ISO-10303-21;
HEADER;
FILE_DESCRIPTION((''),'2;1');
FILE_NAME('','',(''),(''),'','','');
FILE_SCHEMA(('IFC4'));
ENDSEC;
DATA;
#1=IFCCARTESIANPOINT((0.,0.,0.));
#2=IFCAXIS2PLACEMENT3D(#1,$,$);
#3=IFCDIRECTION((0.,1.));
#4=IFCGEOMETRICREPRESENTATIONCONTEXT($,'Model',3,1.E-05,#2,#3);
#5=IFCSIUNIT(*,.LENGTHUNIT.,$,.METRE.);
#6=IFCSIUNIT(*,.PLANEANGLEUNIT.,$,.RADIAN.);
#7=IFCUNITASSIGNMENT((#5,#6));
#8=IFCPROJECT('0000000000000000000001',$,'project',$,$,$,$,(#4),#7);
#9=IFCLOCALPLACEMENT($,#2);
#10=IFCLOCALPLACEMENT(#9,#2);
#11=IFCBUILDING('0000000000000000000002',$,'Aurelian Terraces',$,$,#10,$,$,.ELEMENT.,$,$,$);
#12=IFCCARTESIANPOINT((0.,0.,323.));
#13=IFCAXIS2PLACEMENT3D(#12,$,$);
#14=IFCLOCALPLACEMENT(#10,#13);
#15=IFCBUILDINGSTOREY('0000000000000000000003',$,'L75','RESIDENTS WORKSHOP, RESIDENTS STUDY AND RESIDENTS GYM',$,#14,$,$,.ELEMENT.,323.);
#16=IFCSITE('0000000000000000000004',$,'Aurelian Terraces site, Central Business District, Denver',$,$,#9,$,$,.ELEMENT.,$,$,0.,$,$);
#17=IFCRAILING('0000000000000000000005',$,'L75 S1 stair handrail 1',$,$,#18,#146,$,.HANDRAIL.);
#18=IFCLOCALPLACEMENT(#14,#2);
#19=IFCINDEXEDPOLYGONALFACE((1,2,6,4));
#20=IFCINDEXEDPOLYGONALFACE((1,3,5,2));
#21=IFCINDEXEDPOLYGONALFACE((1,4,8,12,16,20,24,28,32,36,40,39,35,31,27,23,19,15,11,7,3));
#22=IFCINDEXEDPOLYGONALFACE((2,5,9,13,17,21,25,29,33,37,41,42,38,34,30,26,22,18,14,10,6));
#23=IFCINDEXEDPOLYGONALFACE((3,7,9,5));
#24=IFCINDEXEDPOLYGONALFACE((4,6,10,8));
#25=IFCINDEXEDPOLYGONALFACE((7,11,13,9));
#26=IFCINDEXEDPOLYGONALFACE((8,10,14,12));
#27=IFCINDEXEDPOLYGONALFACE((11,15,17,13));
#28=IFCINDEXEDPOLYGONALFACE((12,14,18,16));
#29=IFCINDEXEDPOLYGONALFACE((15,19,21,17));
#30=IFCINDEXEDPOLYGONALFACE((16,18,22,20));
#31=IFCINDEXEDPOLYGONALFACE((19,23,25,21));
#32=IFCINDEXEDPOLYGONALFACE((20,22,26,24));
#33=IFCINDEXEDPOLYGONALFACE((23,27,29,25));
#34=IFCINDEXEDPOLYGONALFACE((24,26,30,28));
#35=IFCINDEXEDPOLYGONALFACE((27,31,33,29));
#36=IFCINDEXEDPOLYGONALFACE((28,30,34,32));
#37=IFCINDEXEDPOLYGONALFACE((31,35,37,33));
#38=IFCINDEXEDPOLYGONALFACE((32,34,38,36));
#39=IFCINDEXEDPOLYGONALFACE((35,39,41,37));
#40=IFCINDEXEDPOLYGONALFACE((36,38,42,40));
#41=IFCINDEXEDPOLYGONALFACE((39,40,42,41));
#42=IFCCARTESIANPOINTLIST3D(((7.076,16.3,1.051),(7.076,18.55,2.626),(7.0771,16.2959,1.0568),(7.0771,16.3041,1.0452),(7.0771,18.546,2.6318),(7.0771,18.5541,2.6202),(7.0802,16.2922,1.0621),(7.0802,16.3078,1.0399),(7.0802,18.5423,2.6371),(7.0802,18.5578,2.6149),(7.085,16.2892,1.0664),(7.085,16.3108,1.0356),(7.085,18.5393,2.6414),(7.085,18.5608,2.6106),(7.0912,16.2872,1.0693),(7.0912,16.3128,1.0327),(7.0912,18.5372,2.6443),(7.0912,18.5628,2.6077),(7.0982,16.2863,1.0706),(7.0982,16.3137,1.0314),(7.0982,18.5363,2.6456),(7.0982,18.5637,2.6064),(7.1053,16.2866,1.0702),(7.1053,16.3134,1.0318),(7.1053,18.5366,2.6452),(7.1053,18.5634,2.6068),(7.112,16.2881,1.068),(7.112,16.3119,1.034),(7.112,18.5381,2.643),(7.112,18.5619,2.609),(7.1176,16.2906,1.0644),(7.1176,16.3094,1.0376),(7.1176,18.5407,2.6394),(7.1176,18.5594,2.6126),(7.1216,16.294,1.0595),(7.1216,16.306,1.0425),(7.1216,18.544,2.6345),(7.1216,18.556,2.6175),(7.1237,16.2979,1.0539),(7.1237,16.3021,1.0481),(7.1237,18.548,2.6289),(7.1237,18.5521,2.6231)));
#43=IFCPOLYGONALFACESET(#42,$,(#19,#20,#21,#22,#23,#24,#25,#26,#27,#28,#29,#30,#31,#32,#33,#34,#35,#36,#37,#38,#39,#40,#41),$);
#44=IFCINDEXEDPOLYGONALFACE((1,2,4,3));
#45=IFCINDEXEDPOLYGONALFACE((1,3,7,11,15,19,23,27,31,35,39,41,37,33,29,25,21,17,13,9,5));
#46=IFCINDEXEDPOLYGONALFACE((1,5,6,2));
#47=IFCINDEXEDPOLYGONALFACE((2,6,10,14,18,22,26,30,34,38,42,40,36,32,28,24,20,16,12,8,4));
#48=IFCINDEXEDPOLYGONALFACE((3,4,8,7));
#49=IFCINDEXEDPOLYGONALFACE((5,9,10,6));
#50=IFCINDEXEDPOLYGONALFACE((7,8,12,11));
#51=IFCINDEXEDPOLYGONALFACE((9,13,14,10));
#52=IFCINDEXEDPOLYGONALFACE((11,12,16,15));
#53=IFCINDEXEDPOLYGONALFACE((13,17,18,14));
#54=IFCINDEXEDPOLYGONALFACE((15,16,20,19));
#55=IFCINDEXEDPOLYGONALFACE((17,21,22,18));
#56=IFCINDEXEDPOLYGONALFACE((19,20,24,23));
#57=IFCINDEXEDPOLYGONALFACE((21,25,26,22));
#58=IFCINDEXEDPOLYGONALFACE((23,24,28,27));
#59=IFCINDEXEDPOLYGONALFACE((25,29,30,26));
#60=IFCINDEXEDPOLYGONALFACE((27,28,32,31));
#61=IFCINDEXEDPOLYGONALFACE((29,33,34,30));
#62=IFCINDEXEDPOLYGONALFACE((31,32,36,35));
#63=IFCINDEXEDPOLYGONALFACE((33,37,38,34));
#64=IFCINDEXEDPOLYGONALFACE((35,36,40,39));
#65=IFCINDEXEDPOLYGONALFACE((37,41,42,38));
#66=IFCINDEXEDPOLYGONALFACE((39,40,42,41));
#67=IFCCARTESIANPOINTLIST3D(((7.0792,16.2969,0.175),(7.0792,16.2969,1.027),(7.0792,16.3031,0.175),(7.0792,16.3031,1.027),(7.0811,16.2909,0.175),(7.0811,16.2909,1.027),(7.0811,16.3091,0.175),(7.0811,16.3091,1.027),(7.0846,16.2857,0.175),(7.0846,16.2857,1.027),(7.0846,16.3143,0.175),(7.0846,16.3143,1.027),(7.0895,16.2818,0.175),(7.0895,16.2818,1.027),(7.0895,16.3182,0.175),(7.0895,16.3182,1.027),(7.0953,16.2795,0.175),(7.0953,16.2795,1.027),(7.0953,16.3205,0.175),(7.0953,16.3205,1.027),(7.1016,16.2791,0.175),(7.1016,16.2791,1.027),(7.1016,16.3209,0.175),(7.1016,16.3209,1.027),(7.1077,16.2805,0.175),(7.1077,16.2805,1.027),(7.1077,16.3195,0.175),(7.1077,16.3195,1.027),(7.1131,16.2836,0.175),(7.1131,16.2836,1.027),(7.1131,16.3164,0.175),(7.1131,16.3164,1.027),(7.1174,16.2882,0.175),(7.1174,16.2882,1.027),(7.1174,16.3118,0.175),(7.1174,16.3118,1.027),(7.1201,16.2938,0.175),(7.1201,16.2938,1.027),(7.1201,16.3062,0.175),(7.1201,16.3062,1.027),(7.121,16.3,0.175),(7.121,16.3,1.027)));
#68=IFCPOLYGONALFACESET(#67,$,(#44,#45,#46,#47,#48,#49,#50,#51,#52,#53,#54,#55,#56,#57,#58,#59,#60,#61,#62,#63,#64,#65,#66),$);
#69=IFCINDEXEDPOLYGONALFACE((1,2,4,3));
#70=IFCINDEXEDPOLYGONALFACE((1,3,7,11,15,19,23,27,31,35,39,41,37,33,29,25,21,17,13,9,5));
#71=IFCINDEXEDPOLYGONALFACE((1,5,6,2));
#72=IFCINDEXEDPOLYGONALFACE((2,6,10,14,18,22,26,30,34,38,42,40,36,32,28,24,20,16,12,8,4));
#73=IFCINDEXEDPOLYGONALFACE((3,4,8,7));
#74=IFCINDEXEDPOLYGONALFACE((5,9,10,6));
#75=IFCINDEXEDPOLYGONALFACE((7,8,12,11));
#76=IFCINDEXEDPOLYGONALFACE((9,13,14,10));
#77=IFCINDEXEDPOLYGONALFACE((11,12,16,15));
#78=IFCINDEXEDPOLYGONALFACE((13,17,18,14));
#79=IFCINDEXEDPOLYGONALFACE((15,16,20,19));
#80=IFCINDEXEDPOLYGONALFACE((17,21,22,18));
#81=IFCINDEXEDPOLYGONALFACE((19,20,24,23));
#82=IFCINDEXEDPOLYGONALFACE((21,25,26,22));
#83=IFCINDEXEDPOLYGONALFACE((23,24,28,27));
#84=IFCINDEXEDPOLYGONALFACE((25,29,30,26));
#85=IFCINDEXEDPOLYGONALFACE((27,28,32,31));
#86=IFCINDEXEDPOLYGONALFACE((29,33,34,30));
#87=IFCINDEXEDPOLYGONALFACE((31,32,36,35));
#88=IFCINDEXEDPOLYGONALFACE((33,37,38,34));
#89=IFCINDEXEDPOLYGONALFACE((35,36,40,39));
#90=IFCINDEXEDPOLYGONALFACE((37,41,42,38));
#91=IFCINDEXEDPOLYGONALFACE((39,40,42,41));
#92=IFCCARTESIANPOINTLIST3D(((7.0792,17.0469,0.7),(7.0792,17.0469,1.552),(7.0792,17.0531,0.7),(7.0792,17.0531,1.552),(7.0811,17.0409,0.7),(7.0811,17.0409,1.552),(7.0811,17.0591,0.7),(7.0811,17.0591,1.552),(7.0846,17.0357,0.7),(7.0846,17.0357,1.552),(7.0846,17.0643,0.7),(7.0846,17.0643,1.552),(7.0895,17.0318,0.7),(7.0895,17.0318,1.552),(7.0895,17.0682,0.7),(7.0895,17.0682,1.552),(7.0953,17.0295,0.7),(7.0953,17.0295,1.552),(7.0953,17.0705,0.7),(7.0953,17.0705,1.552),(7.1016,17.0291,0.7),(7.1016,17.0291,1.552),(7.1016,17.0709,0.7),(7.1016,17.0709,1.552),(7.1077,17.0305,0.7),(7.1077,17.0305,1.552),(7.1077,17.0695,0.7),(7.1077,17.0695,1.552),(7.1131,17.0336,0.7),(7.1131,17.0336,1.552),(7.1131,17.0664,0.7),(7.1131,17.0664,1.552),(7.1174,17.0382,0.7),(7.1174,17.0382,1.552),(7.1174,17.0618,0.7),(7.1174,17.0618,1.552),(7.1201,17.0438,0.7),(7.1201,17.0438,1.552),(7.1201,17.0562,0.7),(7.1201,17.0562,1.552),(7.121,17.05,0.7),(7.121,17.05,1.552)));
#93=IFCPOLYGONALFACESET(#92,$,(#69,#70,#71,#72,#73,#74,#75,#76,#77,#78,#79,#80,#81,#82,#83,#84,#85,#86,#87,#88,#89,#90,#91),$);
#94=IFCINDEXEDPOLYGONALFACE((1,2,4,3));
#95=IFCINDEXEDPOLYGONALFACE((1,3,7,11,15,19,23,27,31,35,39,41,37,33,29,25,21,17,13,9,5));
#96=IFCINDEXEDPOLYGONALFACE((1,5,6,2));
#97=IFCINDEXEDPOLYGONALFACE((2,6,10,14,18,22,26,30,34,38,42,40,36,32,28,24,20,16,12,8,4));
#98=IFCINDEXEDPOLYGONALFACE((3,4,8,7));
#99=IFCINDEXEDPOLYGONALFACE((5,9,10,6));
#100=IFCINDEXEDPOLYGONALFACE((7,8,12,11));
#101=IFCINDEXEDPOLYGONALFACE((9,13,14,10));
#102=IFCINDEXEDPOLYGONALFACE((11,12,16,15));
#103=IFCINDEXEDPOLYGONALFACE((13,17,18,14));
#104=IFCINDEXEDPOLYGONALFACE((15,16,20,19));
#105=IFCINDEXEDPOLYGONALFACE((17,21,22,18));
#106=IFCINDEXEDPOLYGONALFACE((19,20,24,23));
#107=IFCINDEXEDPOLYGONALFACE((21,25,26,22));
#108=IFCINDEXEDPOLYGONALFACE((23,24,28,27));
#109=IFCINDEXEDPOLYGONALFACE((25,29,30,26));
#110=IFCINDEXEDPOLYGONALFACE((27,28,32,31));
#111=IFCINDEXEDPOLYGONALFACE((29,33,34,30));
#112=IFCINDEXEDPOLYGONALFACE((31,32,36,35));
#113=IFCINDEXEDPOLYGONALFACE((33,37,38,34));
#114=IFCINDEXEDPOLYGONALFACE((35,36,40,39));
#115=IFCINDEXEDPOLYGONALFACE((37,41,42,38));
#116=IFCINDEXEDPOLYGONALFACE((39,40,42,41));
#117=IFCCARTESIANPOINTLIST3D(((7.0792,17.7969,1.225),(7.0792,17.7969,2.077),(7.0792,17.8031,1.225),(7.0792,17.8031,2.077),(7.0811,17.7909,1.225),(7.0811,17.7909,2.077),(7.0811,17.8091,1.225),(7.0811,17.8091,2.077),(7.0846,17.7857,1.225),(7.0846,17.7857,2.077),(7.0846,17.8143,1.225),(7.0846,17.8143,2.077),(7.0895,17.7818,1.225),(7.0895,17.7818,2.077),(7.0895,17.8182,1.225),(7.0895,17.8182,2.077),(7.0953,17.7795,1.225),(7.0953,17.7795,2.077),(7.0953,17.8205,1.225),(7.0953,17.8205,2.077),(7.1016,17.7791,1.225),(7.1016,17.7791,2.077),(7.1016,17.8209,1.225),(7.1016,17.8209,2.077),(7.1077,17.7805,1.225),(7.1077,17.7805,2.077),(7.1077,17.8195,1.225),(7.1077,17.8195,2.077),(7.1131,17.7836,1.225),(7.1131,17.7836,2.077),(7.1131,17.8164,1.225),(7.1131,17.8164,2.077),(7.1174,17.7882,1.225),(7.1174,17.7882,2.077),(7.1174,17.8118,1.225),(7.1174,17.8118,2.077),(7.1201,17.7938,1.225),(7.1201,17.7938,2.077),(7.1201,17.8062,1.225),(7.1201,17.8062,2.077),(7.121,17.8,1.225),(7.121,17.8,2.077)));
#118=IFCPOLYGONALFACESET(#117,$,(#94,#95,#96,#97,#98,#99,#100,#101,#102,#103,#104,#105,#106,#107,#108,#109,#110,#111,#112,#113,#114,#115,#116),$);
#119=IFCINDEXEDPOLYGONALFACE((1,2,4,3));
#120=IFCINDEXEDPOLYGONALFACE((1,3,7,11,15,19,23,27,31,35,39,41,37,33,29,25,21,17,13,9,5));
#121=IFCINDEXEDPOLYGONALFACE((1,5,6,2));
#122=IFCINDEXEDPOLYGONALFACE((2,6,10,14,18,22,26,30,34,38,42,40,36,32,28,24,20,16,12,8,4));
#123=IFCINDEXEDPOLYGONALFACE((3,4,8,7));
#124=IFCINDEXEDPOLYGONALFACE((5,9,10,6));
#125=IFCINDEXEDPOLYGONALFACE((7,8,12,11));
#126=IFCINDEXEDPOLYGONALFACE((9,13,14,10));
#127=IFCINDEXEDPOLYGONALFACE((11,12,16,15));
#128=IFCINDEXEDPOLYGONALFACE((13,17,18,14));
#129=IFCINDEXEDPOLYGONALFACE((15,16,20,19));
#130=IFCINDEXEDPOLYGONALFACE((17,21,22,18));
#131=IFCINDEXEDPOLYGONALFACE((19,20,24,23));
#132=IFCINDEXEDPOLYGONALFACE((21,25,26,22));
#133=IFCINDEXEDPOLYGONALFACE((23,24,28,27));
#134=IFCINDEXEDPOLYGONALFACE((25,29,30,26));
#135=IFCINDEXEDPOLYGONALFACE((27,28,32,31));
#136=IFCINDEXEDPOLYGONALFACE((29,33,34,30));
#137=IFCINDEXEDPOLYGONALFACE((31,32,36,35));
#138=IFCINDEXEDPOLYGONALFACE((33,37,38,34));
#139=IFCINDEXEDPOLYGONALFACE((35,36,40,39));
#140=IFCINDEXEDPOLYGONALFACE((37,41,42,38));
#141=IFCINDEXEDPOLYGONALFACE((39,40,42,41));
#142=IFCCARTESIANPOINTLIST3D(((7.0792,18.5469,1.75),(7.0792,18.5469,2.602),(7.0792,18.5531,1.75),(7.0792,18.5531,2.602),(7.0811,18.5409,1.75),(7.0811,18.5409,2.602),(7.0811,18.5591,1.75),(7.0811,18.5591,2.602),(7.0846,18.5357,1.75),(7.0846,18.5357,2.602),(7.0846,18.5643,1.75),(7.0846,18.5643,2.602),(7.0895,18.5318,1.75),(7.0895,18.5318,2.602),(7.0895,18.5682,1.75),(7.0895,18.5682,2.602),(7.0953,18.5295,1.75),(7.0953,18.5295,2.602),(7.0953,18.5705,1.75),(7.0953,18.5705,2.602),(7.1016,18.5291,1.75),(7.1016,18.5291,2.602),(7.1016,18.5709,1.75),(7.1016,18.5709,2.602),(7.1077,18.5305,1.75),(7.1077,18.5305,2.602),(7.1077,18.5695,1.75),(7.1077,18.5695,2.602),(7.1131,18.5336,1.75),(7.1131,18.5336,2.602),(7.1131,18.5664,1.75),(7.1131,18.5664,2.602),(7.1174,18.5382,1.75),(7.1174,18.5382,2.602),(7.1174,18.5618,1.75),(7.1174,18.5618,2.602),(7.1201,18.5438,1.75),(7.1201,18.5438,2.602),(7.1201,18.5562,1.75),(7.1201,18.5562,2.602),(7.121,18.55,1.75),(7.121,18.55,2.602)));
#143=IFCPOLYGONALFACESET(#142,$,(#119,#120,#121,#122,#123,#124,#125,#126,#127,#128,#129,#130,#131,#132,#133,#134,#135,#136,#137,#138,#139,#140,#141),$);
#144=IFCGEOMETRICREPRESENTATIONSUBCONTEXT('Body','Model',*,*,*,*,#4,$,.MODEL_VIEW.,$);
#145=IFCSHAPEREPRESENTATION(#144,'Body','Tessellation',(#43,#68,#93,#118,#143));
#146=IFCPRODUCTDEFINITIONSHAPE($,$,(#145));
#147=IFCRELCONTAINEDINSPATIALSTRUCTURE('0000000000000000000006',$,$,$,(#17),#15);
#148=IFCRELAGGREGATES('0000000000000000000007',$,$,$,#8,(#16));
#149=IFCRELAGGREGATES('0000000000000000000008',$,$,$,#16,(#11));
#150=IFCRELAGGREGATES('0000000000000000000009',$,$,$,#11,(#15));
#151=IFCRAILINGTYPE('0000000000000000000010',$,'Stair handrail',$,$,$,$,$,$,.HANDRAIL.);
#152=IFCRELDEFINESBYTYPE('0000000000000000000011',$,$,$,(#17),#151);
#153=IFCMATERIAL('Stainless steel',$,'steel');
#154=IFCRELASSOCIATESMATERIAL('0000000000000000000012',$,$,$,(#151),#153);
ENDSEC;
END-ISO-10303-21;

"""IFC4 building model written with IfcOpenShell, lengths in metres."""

from ifc_helpers import new_model, si_unit, direction, frame, origin, origin_2d, place, context, subcontext, project, spatial, circle, extrude, source, transform, mapped, material, type_object, element, save


model = new_model("IFC4")

# Units and contexts
model_context = context("Model", 3, precision=1e-05, world=origin(), true_north=direction((0.0, 1.0)))
body_context = subcontext(model_context, "Body", "Model", "MODEL_VIEW")
ifc_project = project(units=[si_unit("LENGTHUNIT", "METRE"), si_unit("PLANEANGLEUNIT", "RADIAN")], contexts=[model_context])

# Site, building, storey
site_placement = place(None, origin())
site = spatial("IfcSite", under=ifc_project, at=site_placement, Name="Aurelian Terraces site, Central Business District, Denver", CompositionType="ELEMENT", RefElevation=0.0)
building_placement = place(site_placement, origin())
building = spatial("IfcBuilding", under=site, at=building_placement, Name="Aurelian Terraces", CompositionType="ELEMENT")
storey_placement = place(building_placement, frame((0.0, 0.0, 323.0)))
storey = spatial("IfcBuildingStorey", under=building, at=storey_placement, Name="L75", Description="RESIDENTS WORKSHOP, RESIDENTS STUDY AND RESIDENTS GYM", CompositionType="ELEMENT", Elevation=323.0)

# Railing
ifc_material_1 = material(Name="Stainless steel", Category="steel")
railing_type_1 = type_object("IfcRailingType", Name="Stair handrail", PredefinedType="HANDRAIL", material=ifc_material_1)
shared_shape_1 = source(origin(), body_context, "Body", "SweptSolid", [
    extrude(circle(Radius=0.024, at=origin_2d()), frame((0.0, 0.0, 0.876), z_axis=(0.0, 0.819232, 0.573462), x_axis=(-1.0, 0.0, 0.0)), (0.0, 0.0, 1.0), 2.7465),
    extrude(circle(Radius=0.021, at=origin_2d()), origin(), (0.0, 0.0, 1.0), 0.852),
    extrude(circle(Radius=0.021, at=origin_2d()), frame((0.0, 0.75, 0.525)), (0.0, 0.0, 1.0), 0.852),
    extrude(circle(Radius=0.021, at=origin_2d()), frame((0.0, 1.5, 1.05)), (0.0, 0.0, 1.0), 0.852),
    extrude(circle(Radius=0.021, at=origin_2d()), frame((0.0, 2.25, 1.575)), (0.0, 0.0, 1.0), 0.852),
])
railing_1_placement = place(storey_placement, frame((7.1, 16.3, 0.175)))
element("IfcRailing", 1, at=railing_1_placement, inside=storey, type_object=railing_type_1, Name="L75 S1 stair handrail 1", PredefinedType="HANDRAIL", context=body_context, shape_type="MappedRepresentation", body=[
    mapped(shared_shape_1, transform((0.0, 0.0, 0.0), scale=1.0)),
])

save(model, "model.ifc")
